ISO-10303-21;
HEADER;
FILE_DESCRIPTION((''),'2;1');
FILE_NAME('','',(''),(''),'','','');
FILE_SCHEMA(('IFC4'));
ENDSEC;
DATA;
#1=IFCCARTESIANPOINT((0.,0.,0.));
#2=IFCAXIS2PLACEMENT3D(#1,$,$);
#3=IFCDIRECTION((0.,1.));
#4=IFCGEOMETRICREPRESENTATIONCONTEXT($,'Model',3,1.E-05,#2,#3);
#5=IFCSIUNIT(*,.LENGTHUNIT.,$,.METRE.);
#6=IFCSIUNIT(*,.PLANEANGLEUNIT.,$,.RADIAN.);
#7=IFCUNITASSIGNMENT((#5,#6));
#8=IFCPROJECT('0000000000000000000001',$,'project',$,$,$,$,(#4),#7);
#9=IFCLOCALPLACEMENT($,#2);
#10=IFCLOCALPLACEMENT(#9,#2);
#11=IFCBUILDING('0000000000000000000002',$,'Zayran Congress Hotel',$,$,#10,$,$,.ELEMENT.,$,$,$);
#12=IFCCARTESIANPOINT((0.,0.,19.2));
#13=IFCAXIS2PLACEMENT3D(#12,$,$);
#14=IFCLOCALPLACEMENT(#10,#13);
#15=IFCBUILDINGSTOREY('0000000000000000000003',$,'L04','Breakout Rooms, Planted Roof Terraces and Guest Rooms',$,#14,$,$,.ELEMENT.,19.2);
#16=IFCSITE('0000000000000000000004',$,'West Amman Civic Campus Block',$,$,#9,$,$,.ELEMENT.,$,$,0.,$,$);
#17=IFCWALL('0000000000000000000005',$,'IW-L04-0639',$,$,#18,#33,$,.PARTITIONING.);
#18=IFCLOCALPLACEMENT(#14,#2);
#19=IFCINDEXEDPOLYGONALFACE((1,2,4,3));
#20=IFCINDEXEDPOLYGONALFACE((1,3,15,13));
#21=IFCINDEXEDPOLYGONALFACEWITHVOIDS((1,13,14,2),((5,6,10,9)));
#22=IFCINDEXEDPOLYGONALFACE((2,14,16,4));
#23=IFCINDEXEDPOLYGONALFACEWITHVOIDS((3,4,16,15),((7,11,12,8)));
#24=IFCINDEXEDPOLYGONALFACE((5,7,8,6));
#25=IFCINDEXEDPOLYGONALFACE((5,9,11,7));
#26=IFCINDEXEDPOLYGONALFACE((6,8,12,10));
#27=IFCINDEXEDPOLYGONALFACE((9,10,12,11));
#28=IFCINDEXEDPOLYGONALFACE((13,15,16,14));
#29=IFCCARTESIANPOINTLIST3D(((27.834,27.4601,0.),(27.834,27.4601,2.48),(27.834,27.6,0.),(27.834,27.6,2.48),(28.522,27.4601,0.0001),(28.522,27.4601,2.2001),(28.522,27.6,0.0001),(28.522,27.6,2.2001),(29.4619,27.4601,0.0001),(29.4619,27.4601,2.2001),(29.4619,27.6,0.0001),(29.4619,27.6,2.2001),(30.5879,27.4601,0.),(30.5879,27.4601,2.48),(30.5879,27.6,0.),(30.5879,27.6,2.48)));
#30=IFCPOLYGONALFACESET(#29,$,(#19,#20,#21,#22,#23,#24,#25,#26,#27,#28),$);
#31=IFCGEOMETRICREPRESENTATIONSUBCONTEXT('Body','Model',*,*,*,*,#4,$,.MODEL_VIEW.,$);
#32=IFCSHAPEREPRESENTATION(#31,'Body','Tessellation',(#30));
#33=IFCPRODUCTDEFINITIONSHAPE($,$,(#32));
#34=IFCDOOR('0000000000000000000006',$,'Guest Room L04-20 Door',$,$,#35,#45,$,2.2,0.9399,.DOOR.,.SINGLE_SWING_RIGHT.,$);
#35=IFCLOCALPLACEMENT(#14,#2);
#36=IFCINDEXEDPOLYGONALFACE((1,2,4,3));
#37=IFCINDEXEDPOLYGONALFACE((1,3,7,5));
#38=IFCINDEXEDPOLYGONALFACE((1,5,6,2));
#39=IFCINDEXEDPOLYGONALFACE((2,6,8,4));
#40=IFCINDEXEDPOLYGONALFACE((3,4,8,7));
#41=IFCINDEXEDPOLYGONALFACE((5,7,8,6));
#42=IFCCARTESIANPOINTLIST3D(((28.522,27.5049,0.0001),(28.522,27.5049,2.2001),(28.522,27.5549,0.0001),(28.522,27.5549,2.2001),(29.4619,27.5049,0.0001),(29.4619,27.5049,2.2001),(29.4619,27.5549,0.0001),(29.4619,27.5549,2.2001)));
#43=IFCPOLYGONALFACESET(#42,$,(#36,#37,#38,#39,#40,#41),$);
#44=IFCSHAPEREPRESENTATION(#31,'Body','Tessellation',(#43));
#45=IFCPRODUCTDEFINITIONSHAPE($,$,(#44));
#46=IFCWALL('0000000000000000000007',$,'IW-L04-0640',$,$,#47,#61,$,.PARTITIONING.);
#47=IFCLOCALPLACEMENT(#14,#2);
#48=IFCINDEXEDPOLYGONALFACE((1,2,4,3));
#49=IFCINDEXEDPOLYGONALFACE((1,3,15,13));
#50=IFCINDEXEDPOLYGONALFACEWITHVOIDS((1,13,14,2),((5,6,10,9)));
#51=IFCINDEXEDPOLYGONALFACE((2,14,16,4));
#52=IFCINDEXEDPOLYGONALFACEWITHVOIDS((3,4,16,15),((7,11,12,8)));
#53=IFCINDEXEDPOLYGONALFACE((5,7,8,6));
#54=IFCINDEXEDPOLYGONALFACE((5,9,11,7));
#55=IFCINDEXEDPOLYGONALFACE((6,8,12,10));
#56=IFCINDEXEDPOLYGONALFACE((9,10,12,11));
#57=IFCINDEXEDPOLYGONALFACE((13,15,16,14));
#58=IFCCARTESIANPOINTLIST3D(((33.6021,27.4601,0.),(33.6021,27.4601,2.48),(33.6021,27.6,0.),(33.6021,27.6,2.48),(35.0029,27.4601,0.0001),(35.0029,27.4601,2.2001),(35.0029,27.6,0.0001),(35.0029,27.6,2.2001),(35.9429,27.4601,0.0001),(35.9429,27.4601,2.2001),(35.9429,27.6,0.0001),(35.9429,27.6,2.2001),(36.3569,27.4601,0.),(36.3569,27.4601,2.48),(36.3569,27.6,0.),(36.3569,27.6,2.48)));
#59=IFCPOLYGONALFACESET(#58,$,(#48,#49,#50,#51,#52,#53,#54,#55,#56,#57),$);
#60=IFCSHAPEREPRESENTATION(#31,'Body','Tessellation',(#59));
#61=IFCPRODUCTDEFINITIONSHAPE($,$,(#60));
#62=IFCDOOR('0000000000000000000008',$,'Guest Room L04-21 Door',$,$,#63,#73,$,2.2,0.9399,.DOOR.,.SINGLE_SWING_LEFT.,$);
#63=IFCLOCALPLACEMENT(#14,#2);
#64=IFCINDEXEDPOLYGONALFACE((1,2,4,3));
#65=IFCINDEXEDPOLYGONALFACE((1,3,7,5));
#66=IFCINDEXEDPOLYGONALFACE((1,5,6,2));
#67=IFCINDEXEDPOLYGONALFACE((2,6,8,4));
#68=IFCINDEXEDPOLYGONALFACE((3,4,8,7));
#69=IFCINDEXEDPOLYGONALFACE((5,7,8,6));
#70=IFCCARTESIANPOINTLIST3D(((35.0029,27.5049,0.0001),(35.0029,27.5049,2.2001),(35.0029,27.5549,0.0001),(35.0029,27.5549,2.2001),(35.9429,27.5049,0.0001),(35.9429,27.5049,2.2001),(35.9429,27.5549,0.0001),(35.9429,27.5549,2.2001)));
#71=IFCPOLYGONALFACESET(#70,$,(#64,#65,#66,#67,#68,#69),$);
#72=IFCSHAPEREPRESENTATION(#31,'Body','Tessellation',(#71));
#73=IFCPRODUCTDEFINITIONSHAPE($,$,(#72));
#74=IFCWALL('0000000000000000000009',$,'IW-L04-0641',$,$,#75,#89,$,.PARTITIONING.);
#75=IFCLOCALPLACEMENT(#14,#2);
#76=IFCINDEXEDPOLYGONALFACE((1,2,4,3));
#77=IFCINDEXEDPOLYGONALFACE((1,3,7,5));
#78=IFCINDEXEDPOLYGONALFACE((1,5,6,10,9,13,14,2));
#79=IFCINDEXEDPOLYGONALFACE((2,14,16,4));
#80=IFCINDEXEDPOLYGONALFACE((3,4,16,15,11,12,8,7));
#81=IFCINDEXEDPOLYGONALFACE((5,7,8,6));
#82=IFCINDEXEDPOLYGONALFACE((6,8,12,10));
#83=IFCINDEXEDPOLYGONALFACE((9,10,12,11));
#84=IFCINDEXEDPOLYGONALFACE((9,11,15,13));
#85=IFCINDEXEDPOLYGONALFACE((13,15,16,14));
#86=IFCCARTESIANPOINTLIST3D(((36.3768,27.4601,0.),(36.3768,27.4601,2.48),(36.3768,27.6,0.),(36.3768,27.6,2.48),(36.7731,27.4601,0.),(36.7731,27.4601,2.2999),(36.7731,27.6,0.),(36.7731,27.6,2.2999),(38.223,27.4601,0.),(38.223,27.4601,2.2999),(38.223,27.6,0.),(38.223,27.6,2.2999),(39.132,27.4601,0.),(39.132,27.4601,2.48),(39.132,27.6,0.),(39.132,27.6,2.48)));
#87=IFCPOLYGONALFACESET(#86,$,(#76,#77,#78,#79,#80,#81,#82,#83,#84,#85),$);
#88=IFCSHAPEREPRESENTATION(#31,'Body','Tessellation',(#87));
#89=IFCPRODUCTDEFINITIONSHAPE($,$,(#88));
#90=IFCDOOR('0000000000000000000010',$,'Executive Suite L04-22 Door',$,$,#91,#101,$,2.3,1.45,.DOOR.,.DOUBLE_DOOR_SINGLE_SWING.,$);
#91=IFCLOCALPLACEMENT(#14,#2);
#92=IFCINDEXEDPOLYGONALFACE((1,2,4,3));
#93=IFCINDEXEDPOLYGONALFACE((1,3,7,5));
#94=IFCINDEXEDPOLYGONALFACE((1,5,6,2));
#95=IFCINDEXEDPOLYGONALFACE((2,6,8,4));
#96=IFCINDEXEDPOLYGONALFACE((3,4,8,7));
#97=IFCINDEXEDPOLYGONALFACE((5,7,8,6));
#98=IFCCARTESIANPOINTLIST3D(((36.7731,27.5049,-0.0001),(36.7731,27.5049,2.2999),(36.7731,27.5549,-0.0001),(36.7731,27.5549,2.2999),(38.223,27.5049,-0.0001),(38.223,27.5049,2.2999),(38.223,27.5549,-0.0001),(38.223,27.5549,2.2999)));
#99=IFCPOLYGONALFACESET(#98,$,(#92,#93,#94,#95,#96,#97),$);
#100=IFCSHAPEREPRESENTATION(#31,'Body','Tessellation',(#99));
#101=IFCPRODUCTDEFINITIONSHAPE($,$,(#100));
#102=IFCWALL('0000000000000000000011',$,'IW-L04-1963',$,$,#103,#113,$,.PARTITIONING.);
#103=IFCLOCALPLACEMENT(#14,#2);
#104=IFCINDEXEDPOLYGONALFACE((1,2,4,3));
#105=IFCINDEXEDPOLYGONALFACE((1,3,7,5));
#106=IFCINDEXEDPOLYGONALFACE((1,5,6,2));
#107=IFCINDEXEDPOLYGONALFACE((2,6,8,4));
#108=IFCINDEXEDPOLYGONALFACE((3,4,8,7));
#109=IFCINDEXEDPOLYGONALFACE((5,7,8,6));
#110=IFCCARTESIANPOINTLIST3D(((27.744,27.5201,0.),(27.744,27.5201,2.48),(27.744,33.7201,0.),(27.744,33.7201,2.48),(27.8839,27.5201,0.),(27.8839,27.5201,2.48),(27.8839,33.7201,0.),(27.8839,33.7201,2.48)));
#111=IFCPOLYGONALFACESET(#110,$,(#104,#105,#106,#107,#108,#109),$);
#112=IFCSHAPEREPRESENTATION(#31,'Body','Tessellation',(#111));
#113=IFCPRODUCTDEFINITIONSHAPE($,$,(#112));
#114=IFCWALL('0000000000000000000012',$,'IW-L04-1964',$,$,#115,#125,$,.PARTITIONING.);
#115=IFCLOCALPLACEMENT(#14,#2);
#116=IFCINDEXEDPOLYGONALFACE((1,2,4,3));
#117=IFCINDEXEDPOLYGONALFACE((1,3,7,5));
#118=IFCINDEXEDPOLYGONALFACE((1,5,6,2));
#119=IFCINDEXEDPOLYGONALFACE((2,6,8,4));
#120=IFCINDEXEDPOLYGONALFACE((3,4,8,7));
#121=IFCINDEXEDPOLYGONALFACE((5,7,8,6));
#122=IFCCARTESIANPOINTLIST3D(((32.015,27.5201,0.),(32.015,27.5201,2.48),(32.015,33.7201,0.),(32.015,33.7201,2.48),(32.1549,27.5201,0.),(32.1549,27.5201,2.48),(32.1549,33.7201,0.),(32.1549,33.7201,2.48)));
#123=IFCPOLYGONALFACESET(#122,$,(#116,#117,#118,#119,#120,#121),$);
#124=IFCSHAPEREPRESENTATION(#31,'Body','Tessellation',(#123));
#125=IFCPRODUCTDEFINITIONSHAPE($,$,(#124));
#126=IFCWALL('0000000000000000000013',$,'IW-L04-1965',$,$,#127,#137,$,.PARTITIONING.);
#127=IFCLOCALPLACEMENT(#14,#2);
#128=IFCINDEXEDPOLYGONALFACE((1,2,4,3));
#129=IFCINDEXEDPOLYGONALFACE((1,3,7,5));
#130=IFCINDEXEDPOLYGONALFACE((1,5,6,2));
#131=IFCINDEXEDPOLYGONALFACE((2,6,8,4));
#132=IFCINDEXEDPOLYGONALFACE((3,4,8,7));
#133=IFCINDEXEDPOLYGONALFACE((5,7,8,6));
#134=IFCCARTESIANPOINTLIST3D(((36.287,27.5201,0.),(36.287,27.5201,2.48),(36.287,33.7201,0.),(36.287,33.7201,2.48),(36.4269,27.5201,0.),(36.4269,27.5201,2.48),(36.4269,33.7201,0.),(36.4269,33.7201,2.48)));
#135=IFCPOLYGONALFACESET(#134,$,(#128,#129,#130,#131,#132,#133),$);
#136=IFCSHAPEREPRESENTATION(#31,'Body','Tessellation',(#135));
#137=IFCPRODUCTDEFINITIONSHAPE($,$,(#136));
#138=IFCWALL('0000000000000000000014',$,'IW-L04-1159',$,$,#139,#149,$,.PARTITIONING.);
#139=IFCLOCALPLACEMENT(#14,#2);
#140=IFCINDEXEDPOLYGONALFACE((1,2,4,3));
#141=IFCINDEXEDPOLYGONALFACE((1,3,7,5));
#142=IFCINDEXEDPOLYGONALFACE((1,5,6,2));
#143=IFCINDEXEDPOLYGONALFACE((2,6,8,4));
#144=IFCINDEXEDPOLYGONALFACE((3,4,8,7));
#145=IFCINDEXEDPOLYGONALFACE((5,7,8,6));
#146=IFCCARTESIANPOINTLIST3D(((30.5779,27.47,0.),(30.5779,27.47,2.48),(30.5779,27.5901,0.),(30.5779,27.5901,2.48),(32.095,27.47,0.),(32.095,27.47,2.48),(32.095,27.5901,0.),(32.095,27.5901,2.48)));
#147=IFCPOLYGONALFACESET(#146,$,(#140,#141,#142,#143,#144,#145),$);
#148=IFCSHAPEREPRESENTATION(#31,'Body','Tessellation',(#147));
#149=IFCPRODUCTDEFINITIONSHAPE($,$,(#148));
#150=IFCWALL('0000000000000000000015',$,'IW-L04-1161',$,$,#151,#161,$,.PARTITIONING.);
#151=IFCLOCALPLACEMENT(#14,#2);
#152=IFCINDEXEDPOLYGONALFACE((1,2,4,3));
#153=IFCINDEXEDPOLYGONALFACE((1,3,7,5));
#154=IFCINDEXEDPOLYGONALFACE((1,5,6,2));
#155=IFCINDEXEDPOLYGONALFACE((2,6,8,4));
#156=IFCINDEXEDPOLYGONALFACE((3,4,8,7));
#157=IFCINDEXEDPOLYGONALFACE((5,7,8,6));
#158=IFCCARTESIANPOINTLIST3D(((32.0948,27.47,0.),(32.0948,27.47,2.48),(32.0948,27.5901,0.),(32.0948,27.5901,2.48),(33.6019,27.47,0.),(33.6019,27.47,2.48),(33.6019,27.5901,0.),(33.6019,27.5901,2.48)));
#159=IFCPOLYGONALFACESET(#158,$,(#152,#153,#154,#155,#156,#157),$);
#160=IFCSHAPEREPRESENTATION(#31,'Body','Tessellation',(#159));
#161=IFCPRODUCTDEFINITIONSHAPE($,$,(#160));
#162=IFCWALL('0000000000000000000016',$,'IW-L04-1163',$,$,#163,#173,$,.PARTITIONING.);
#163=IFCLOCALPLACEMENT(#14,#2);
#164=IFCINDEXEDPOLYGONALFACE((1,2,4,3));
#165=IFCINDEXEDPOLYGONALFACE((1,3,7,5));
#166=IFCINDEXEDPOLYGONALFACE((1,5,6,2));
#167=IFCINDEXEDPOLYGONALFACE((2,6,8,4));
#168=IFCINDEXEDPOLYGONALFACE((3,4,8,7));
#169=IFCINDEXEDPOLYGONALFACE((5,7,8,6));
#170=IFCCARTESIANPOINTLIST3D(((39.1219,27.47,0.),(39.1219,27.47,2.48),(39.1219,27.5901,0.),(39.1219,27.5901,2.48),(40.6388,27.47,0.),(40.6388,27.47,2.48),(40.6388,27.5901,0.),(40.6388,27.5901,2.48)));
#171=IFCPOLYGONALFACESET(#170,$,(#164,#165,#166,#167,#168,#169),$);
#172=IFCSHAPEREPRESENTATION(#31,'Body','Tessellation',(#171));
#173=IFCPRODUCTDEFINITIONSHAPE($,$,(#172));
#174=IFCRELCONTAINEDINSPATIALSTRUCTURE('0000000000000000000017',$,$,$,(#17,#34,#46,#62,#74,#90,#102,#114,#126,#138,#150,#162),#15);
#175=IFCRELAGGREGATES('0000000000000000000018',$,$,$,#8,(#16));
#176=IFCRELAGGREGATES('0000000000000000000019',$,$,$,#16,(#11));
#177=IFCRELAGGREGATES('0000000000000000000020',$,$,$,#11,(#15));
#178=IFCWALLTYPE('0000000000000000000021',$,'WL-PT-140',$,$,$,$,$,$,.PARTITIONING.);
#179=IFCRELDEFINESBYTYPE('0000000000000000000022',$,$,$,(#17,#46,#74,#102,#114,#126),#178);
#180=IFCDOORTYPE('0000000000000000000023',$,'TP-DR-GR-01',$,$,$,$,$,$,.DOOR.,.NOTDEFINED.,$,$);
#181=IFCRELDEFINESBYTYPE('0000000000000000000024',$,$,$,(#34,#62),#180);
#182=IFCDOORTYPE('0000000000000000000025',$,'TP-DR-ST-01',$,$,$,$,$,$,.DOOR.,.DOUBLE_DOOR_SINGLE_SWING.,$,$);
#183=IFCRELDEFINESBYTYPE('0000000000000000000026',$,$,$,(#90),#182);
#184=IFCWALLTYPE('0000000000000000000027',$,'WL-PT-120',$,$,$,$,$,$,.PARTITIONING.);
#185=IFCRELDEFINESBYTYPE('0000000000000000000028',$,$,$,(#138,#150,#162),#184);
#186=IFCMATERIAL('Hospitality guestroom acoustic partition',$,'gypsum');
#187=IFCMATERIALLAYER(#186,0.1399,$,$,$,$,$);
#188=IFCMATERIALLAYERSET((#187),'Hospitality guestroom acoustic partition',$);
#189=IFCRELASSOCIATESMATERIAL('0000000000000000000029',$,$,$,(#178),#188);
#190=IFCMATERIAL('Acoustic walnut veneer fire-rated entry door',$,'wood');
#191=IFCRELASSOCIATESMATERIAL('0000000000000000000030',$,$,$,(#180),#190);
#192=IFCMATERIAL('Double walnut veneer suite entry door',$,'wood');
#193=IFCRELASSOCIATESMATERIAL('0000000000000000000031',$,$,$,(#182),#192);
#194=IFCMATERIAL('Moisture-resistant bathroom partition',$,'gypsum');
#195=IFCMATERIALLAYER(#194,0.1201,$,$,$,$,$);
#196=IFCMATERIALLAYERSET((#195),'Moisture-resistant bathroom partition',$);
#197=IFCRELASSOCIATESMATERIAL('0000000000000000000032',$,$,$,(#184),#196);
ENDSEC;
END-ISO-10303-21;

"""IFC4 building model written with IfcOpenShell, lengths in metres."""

from ifc_helpers import new_model, si_unit, direction, frame, frame_2d, origin, place, context, subcontext, project, spatial, rectangle, extrude, material, layer, layer_set, type_object, element, fill, save


model = new_model("IFC4")

# Units and contexts
model_context = context("Model", 3, precision=1e-05, world=origin(), true_north=direction((0.0, 1.0)))
body_context = subcontext(model_context, "Body", "Model", "MODEL_VIEW")
ifc_project = project(units=[si_unit("LENGTHUNIT", "METRE"), si_unit("PLANEANGLEUNIT", "RADIAN")], contexts=[model_context])

# Site, building, storey
site_placement = place(None, origin())
site = spatial("IfcSite", under=ifc_project, at=site_placement, Name="West Amman Civic Campus Block", CompositionType="ELEMENT", RefElevation=0.0)
building_placement = place(site_placement, origin())
building = spatial("IfcBuilding", under=site, at=building_placement, Name="Zayran Congress Hotel", CompositionType="ELEMENT")
storey_placement = place(building_placement, frame((0.0, 0.0, 19.2)))
storey = spatial("IfcBuildingStorey", under=building, at=storey_placement, Name="L04", Description="Breakout Rooms, Planted Roof Terraces and Guest Rooms", CompositionType="ELEMENT", Elevation=19.2)

# Walls, openings, doors
ifc_material_1 = material(Name="Hospitality guestroom acoustic partition", Category="gypsum")
ifc_layer_1 = layer(ifc_material_1, 0.1399)
ifc_layer_set_1 = layer_set([ifc_layer_1], Name="Hospitality guestroom acoustic partition")
wall_type_1 = type_object("IfcWallType", Name="WL-PT-140", PredefinedType="PARTITIONING", material=ifc_layer_set_1)
wall_1_placement = place(storey_placement, frame((27.834, 27.53, 0.0), z_axis=(0.0, 0.0, 1.0), x_axis=(1.0, 0.0, 0.0)))
wall_1 = element("IfcWall", 1, at=wall_1_placement, inside=storey, type_object=wall_type_1, Name="IW-L04-0639", PredefinedType="PARTITIONING", context=body_context, shape_type="SweptSolid", body=[
    extrude(rectangle(XDim=2.7539, YDim=0.1399, at=frame_2d((1.377, 0.0))), origin(), (0.0, 0.0, 1.0), 2.48),
])
opening_1_placement = place(wall_1_placement, frame((0.688, 0.0, 0.0)))
opening_1 = element("IfcOpeningElement", 2, at=opening_1_placement, cuts=wall_1, PredefinedType="OPENING", context=body_context, shape_type="SweptSolid", body=[
    extrude(rectangle(XDim=0.9399, YDim=2.2, at=frame_2d((0.47, 1.1001))), frame((0.0, 0.0798, 0.0), z_axis=(0.0, -1.0, 0.0), x_axis=(1.0, 0.0, 0.0)), (0.0, 0.0, 1.0), 0.1599),
])
ifc_material_2 = material(Name="Acoustic walnut veneer fire-rated entry door", Category="wood")
door_type_1 = type_object("IfcDoorType", Name="TP-DR-GR-01", OperationType="NOTDEFINED", PredefinedType="DOOR", material=ifc_material_2)
door_1_placement = place(opening_1_placement, origin())
door_1 = element("IfcDoor", 3, at=door_1_placement, inside=storey, type_object=door_type_1, Name="Guest Room L04-20 Door", OperationType="SINGLE_SWING_RIGHT", OverallHeight=2.2, OverallWidth=0.9399, PredefinedType="DOOR", context=body_context, shape_type="SweptSolid", body=[
    extrude(rectangle(XDim=0.9399, YDim=2.2, at=frame_2d((0.47, 1.1001))), frame((0.0, 0.0249, 0.0), z_axis=(0.0, -1.0, 0.0), x_axis=(1.0, 0.0, 0.0)), (0.0, 0.0, 1.0), 0.05),
])
fill(opening_1, door_1)
wall_2_placement = place(storey_placement, frame((33.6021, 27.53, 0.0), z_axis=(0.0, 0.0, 1.0), x_axis=(1.0, 0.0, 0.0)))
wall_2 = element("IfcWall", 4, at=wall_2_placement, inside=storey, type_object=wall_type_1, Name="IW-L04-0640", PredefinedType="PARTITIONING", context=body_context, shape_type="SweptSolid", body=[
    extrude(rectangle(XDim=2.7549, YDim=0.1399, at=frame_2d((1.3774, 0.0))), origin(), (0.0, 0.0, 1.0), 2.48),
])
opening_2_placement = place(wall_2_placement, frame((1.4009, 0.0, 0.0)))
opening_2 = element("IfcOpeningElement", 5, at=opening_2_placement, cuts=wall_2, PredefinedType="OPENING", context=body_context, shape_type="SweptSolid", body=[
    extrude(rectangle(XDim=0.9399, YDim=2.2, at=frame_2d((0.47, 1.1001))), frame((0.0, 0.0798, 0.0), z_axis=(0.0, -1.0, 0.0), x_axis=(1.0, 0.0, 0.0)), (0.0, 0.0, 1.0), 0.1599),
])
door_2_placement = place(opening_2_placement, origin())
door_2 = element("IfcDoor", 6, at=door_2_placement, inside=storey, type_object=door_type_1, Name="Guest Room L04-21 Door", OperationType="SINGLE_SWING_LEFT", OverallHeight=2.2, OverallWidth=0.9399, PredefinedType="DOOR", context=body_context, shape_type="SweptSolid", body=[
    extrude(rectangle(XDim=0.9399, YDim=2.2, at=frame_2d((0.47, 1.1001))), frame((0.0, 0.0249, 0.0), z_axis=(0.0, -1.0, 0.0), x_axis=(1.0, 0.0, 0.0)), (0.0, 0.0, 1.0), 0.05),
])
fill(opening_2, door_2)
wall_3_placement = place(storey_placement, frame((36.377, 27.53, 0.0), z_axis=(0.0, 0.0, 1.0), x_axis=(1.0, 0.0, 0.0)))
wall_3 = element("IfcWall", 7, at=wall_3_placement, inside=storey, type_object=wall_type_1, Name="IW-L04-0641", PredefinedType="PARTITIONING", context=body_context, shape_type="SweptSolid", body=[
    extrude(rectangle(XDim=2.7551, YDim=0.1399, at=frame_2d((1.3774, 0.0))), origin(), (0.0, 0.0, 1.0), 2.48),
])
opening_3_placement = place(wall_3_placement, frame((0.396, 0.0, 0.0)))
opening_3 = element("IfcOpeningElement", 8, at=opening_3_placement, cuts=wall_3, PredefinedType="OPENING", context=body_context, shape_type="SweptSolid", body=[
    extrude(rectangle(XDim=1.45, YDim=2.3, at=frame_2d((0.7251, 1.1499))), frame((0.0, 0.0798, 0.0), z_axis=(0.0, -1.0, 0.0), x_axis=(1.0, 0.0, 0.0)), (0.0, 0.0, 1.0), 0.1599),
])
ifc_material_3 = material(Name="Double walnut veneer suite entry door", Category="wood")
door_type_2 = type_object("IfcDoorType", Name="TP-DR-ST-01", OperationType="DOUBLE_DOOR_SINGLE_SWING", PredefinedType="DOOR", material=ifc_material_3)
door_3_placement = place(opening_3_placement, origin())
door_3 = element("IfcDoor", 9, at=door_3_placement, inside=storey, type_object=door_type_2, Name="Executive Suite L04-22 Door", OperationType="DOUBLE_DOOR_SINGLE_SWING", OverallHeight=2.3, OverallWidth=1.45, PredefinedType="DOOR", context=body_context, shape_type="SweptSolid", body=[
    extrude(rectangle(XDim=1.45, YDim=2.3, at=frame_2d((0.7251, 1.1499))), frame((0.0, 0.0249, 0.0), z_axis=(0.0, -1.0, 0.0), x_axis=(1.0, 0.0, 0.0)), (0.0, 0.0, 1.0), 0.05),
])
fill(opening_3, door_3)

# Walls
for number, where, z_axis, x_axis, name in (
    (10, (27.814, 27.52, 0.0), (0.0, 0.0, 1.0), (0.0, 1.0, 0.0), "IW-L04-1963"),
    (11, (32.085, 27.52, 0.0), (0.0, 0.0, 1.0), (0.0, 1.0, 0.0), "IW-L04-1964"),
    (12, (36.3569, 27.52, 0.0), (0.0, 0.0, 1.0), (0.0, 1.0, 0.0), "IW-L04-1965"),
):
    element("IfcWall", number, at=place(storey_placement, frame(where, z_axis=z_axis, x_axis=x_axis)), inside=storey, type_object=wall_type_1, Name=name, PredefinedType="PARTITIONING", context=body_context, shape_type="SweptSolid", body=[
        extrude(rectangle(XDim=6.2, YDim=0.1399, at=frame_2d((3.1001, 0.0))), origin(), (0.0, 0.0, 1.0), 2.48),
    ])

# Shared definitions
ifc_material_4 = material(Name="Moisture-resistant bathroom partition", Category="gypsum")
ifc_layer_2 = layer(ifc_material_4, 0.1201)
ifc_layer_set_2 = layer_set([ifc_layer_2], Name="Moisture-resistant bathroom partition")
wall_type_2 = type_object("IfcWallType", Name="WL-PT-120", PredefinedType="PARTITIONING", material=ifc_layer_set_2)

# Walls
wall_4_placement = place(storey_placement, frame((30.5779, 27.53, 0.0), z_axis=(0.0, 0.0, 1.0), x_axis=(1.0, 0.0, 0.0)))
element("IfcWall", 13, at=wall_4_placement, inside=storey, type_object=wall_type_2, Name="IW-L04-1159", PredefinedType="PARTITIONING", context=body_context, shape_type="SweptSolid", body=[
    extrude(rectangle(XDim=1.5171, YDim=0.1201, at=frame_2d((0.7585, 0.0))), origin(), (0.0, 0.0, 1.0), 2.48),
])
wall_5_placement = place(storey_placement, frame((32.095, 27.53, 0.0), z_axis=(0.0, 0.0, 1.0), x_axis=(1.0, 0.0, 0.0)))
element("IfcWall", 14, at=wall_5_placement, inside=storey, type_object=wall_type_2, Name="IW-L04-1161", PredefinedType="PARTITIONING", context=body_context, shape_type="SweptSolid", body=[
    extrude(rectangle(XDim=1.5071, YDim=0.1201, at=frame_2d((0.7534, 0.0))), origin(), (0.0, 0.0, 1.0), 2.48),
])
wall_6_placement = place(storey_placement, frame((39.1221, 27.53, 0.0), z_axis=(0.0, 0.0, 1.0), x_axis=(1.0, 0.0, 0.0)))
element("IfcWall", 15, at=wall_6_placement, inside=storey, type_object=wall_type_2, Name="IW-L04-1163", PredefinedType="PARTITIONING", context=body_context, shape_type="SweptSolid", body=[
    extrude(rectangle(XDim=1.5168, YDim=0.1201, at=frame_2d((0.7583, 0.0))), origin(), (0.0, 0.0, 1.0), 2.48),
])

save(model, "model.ifc")
